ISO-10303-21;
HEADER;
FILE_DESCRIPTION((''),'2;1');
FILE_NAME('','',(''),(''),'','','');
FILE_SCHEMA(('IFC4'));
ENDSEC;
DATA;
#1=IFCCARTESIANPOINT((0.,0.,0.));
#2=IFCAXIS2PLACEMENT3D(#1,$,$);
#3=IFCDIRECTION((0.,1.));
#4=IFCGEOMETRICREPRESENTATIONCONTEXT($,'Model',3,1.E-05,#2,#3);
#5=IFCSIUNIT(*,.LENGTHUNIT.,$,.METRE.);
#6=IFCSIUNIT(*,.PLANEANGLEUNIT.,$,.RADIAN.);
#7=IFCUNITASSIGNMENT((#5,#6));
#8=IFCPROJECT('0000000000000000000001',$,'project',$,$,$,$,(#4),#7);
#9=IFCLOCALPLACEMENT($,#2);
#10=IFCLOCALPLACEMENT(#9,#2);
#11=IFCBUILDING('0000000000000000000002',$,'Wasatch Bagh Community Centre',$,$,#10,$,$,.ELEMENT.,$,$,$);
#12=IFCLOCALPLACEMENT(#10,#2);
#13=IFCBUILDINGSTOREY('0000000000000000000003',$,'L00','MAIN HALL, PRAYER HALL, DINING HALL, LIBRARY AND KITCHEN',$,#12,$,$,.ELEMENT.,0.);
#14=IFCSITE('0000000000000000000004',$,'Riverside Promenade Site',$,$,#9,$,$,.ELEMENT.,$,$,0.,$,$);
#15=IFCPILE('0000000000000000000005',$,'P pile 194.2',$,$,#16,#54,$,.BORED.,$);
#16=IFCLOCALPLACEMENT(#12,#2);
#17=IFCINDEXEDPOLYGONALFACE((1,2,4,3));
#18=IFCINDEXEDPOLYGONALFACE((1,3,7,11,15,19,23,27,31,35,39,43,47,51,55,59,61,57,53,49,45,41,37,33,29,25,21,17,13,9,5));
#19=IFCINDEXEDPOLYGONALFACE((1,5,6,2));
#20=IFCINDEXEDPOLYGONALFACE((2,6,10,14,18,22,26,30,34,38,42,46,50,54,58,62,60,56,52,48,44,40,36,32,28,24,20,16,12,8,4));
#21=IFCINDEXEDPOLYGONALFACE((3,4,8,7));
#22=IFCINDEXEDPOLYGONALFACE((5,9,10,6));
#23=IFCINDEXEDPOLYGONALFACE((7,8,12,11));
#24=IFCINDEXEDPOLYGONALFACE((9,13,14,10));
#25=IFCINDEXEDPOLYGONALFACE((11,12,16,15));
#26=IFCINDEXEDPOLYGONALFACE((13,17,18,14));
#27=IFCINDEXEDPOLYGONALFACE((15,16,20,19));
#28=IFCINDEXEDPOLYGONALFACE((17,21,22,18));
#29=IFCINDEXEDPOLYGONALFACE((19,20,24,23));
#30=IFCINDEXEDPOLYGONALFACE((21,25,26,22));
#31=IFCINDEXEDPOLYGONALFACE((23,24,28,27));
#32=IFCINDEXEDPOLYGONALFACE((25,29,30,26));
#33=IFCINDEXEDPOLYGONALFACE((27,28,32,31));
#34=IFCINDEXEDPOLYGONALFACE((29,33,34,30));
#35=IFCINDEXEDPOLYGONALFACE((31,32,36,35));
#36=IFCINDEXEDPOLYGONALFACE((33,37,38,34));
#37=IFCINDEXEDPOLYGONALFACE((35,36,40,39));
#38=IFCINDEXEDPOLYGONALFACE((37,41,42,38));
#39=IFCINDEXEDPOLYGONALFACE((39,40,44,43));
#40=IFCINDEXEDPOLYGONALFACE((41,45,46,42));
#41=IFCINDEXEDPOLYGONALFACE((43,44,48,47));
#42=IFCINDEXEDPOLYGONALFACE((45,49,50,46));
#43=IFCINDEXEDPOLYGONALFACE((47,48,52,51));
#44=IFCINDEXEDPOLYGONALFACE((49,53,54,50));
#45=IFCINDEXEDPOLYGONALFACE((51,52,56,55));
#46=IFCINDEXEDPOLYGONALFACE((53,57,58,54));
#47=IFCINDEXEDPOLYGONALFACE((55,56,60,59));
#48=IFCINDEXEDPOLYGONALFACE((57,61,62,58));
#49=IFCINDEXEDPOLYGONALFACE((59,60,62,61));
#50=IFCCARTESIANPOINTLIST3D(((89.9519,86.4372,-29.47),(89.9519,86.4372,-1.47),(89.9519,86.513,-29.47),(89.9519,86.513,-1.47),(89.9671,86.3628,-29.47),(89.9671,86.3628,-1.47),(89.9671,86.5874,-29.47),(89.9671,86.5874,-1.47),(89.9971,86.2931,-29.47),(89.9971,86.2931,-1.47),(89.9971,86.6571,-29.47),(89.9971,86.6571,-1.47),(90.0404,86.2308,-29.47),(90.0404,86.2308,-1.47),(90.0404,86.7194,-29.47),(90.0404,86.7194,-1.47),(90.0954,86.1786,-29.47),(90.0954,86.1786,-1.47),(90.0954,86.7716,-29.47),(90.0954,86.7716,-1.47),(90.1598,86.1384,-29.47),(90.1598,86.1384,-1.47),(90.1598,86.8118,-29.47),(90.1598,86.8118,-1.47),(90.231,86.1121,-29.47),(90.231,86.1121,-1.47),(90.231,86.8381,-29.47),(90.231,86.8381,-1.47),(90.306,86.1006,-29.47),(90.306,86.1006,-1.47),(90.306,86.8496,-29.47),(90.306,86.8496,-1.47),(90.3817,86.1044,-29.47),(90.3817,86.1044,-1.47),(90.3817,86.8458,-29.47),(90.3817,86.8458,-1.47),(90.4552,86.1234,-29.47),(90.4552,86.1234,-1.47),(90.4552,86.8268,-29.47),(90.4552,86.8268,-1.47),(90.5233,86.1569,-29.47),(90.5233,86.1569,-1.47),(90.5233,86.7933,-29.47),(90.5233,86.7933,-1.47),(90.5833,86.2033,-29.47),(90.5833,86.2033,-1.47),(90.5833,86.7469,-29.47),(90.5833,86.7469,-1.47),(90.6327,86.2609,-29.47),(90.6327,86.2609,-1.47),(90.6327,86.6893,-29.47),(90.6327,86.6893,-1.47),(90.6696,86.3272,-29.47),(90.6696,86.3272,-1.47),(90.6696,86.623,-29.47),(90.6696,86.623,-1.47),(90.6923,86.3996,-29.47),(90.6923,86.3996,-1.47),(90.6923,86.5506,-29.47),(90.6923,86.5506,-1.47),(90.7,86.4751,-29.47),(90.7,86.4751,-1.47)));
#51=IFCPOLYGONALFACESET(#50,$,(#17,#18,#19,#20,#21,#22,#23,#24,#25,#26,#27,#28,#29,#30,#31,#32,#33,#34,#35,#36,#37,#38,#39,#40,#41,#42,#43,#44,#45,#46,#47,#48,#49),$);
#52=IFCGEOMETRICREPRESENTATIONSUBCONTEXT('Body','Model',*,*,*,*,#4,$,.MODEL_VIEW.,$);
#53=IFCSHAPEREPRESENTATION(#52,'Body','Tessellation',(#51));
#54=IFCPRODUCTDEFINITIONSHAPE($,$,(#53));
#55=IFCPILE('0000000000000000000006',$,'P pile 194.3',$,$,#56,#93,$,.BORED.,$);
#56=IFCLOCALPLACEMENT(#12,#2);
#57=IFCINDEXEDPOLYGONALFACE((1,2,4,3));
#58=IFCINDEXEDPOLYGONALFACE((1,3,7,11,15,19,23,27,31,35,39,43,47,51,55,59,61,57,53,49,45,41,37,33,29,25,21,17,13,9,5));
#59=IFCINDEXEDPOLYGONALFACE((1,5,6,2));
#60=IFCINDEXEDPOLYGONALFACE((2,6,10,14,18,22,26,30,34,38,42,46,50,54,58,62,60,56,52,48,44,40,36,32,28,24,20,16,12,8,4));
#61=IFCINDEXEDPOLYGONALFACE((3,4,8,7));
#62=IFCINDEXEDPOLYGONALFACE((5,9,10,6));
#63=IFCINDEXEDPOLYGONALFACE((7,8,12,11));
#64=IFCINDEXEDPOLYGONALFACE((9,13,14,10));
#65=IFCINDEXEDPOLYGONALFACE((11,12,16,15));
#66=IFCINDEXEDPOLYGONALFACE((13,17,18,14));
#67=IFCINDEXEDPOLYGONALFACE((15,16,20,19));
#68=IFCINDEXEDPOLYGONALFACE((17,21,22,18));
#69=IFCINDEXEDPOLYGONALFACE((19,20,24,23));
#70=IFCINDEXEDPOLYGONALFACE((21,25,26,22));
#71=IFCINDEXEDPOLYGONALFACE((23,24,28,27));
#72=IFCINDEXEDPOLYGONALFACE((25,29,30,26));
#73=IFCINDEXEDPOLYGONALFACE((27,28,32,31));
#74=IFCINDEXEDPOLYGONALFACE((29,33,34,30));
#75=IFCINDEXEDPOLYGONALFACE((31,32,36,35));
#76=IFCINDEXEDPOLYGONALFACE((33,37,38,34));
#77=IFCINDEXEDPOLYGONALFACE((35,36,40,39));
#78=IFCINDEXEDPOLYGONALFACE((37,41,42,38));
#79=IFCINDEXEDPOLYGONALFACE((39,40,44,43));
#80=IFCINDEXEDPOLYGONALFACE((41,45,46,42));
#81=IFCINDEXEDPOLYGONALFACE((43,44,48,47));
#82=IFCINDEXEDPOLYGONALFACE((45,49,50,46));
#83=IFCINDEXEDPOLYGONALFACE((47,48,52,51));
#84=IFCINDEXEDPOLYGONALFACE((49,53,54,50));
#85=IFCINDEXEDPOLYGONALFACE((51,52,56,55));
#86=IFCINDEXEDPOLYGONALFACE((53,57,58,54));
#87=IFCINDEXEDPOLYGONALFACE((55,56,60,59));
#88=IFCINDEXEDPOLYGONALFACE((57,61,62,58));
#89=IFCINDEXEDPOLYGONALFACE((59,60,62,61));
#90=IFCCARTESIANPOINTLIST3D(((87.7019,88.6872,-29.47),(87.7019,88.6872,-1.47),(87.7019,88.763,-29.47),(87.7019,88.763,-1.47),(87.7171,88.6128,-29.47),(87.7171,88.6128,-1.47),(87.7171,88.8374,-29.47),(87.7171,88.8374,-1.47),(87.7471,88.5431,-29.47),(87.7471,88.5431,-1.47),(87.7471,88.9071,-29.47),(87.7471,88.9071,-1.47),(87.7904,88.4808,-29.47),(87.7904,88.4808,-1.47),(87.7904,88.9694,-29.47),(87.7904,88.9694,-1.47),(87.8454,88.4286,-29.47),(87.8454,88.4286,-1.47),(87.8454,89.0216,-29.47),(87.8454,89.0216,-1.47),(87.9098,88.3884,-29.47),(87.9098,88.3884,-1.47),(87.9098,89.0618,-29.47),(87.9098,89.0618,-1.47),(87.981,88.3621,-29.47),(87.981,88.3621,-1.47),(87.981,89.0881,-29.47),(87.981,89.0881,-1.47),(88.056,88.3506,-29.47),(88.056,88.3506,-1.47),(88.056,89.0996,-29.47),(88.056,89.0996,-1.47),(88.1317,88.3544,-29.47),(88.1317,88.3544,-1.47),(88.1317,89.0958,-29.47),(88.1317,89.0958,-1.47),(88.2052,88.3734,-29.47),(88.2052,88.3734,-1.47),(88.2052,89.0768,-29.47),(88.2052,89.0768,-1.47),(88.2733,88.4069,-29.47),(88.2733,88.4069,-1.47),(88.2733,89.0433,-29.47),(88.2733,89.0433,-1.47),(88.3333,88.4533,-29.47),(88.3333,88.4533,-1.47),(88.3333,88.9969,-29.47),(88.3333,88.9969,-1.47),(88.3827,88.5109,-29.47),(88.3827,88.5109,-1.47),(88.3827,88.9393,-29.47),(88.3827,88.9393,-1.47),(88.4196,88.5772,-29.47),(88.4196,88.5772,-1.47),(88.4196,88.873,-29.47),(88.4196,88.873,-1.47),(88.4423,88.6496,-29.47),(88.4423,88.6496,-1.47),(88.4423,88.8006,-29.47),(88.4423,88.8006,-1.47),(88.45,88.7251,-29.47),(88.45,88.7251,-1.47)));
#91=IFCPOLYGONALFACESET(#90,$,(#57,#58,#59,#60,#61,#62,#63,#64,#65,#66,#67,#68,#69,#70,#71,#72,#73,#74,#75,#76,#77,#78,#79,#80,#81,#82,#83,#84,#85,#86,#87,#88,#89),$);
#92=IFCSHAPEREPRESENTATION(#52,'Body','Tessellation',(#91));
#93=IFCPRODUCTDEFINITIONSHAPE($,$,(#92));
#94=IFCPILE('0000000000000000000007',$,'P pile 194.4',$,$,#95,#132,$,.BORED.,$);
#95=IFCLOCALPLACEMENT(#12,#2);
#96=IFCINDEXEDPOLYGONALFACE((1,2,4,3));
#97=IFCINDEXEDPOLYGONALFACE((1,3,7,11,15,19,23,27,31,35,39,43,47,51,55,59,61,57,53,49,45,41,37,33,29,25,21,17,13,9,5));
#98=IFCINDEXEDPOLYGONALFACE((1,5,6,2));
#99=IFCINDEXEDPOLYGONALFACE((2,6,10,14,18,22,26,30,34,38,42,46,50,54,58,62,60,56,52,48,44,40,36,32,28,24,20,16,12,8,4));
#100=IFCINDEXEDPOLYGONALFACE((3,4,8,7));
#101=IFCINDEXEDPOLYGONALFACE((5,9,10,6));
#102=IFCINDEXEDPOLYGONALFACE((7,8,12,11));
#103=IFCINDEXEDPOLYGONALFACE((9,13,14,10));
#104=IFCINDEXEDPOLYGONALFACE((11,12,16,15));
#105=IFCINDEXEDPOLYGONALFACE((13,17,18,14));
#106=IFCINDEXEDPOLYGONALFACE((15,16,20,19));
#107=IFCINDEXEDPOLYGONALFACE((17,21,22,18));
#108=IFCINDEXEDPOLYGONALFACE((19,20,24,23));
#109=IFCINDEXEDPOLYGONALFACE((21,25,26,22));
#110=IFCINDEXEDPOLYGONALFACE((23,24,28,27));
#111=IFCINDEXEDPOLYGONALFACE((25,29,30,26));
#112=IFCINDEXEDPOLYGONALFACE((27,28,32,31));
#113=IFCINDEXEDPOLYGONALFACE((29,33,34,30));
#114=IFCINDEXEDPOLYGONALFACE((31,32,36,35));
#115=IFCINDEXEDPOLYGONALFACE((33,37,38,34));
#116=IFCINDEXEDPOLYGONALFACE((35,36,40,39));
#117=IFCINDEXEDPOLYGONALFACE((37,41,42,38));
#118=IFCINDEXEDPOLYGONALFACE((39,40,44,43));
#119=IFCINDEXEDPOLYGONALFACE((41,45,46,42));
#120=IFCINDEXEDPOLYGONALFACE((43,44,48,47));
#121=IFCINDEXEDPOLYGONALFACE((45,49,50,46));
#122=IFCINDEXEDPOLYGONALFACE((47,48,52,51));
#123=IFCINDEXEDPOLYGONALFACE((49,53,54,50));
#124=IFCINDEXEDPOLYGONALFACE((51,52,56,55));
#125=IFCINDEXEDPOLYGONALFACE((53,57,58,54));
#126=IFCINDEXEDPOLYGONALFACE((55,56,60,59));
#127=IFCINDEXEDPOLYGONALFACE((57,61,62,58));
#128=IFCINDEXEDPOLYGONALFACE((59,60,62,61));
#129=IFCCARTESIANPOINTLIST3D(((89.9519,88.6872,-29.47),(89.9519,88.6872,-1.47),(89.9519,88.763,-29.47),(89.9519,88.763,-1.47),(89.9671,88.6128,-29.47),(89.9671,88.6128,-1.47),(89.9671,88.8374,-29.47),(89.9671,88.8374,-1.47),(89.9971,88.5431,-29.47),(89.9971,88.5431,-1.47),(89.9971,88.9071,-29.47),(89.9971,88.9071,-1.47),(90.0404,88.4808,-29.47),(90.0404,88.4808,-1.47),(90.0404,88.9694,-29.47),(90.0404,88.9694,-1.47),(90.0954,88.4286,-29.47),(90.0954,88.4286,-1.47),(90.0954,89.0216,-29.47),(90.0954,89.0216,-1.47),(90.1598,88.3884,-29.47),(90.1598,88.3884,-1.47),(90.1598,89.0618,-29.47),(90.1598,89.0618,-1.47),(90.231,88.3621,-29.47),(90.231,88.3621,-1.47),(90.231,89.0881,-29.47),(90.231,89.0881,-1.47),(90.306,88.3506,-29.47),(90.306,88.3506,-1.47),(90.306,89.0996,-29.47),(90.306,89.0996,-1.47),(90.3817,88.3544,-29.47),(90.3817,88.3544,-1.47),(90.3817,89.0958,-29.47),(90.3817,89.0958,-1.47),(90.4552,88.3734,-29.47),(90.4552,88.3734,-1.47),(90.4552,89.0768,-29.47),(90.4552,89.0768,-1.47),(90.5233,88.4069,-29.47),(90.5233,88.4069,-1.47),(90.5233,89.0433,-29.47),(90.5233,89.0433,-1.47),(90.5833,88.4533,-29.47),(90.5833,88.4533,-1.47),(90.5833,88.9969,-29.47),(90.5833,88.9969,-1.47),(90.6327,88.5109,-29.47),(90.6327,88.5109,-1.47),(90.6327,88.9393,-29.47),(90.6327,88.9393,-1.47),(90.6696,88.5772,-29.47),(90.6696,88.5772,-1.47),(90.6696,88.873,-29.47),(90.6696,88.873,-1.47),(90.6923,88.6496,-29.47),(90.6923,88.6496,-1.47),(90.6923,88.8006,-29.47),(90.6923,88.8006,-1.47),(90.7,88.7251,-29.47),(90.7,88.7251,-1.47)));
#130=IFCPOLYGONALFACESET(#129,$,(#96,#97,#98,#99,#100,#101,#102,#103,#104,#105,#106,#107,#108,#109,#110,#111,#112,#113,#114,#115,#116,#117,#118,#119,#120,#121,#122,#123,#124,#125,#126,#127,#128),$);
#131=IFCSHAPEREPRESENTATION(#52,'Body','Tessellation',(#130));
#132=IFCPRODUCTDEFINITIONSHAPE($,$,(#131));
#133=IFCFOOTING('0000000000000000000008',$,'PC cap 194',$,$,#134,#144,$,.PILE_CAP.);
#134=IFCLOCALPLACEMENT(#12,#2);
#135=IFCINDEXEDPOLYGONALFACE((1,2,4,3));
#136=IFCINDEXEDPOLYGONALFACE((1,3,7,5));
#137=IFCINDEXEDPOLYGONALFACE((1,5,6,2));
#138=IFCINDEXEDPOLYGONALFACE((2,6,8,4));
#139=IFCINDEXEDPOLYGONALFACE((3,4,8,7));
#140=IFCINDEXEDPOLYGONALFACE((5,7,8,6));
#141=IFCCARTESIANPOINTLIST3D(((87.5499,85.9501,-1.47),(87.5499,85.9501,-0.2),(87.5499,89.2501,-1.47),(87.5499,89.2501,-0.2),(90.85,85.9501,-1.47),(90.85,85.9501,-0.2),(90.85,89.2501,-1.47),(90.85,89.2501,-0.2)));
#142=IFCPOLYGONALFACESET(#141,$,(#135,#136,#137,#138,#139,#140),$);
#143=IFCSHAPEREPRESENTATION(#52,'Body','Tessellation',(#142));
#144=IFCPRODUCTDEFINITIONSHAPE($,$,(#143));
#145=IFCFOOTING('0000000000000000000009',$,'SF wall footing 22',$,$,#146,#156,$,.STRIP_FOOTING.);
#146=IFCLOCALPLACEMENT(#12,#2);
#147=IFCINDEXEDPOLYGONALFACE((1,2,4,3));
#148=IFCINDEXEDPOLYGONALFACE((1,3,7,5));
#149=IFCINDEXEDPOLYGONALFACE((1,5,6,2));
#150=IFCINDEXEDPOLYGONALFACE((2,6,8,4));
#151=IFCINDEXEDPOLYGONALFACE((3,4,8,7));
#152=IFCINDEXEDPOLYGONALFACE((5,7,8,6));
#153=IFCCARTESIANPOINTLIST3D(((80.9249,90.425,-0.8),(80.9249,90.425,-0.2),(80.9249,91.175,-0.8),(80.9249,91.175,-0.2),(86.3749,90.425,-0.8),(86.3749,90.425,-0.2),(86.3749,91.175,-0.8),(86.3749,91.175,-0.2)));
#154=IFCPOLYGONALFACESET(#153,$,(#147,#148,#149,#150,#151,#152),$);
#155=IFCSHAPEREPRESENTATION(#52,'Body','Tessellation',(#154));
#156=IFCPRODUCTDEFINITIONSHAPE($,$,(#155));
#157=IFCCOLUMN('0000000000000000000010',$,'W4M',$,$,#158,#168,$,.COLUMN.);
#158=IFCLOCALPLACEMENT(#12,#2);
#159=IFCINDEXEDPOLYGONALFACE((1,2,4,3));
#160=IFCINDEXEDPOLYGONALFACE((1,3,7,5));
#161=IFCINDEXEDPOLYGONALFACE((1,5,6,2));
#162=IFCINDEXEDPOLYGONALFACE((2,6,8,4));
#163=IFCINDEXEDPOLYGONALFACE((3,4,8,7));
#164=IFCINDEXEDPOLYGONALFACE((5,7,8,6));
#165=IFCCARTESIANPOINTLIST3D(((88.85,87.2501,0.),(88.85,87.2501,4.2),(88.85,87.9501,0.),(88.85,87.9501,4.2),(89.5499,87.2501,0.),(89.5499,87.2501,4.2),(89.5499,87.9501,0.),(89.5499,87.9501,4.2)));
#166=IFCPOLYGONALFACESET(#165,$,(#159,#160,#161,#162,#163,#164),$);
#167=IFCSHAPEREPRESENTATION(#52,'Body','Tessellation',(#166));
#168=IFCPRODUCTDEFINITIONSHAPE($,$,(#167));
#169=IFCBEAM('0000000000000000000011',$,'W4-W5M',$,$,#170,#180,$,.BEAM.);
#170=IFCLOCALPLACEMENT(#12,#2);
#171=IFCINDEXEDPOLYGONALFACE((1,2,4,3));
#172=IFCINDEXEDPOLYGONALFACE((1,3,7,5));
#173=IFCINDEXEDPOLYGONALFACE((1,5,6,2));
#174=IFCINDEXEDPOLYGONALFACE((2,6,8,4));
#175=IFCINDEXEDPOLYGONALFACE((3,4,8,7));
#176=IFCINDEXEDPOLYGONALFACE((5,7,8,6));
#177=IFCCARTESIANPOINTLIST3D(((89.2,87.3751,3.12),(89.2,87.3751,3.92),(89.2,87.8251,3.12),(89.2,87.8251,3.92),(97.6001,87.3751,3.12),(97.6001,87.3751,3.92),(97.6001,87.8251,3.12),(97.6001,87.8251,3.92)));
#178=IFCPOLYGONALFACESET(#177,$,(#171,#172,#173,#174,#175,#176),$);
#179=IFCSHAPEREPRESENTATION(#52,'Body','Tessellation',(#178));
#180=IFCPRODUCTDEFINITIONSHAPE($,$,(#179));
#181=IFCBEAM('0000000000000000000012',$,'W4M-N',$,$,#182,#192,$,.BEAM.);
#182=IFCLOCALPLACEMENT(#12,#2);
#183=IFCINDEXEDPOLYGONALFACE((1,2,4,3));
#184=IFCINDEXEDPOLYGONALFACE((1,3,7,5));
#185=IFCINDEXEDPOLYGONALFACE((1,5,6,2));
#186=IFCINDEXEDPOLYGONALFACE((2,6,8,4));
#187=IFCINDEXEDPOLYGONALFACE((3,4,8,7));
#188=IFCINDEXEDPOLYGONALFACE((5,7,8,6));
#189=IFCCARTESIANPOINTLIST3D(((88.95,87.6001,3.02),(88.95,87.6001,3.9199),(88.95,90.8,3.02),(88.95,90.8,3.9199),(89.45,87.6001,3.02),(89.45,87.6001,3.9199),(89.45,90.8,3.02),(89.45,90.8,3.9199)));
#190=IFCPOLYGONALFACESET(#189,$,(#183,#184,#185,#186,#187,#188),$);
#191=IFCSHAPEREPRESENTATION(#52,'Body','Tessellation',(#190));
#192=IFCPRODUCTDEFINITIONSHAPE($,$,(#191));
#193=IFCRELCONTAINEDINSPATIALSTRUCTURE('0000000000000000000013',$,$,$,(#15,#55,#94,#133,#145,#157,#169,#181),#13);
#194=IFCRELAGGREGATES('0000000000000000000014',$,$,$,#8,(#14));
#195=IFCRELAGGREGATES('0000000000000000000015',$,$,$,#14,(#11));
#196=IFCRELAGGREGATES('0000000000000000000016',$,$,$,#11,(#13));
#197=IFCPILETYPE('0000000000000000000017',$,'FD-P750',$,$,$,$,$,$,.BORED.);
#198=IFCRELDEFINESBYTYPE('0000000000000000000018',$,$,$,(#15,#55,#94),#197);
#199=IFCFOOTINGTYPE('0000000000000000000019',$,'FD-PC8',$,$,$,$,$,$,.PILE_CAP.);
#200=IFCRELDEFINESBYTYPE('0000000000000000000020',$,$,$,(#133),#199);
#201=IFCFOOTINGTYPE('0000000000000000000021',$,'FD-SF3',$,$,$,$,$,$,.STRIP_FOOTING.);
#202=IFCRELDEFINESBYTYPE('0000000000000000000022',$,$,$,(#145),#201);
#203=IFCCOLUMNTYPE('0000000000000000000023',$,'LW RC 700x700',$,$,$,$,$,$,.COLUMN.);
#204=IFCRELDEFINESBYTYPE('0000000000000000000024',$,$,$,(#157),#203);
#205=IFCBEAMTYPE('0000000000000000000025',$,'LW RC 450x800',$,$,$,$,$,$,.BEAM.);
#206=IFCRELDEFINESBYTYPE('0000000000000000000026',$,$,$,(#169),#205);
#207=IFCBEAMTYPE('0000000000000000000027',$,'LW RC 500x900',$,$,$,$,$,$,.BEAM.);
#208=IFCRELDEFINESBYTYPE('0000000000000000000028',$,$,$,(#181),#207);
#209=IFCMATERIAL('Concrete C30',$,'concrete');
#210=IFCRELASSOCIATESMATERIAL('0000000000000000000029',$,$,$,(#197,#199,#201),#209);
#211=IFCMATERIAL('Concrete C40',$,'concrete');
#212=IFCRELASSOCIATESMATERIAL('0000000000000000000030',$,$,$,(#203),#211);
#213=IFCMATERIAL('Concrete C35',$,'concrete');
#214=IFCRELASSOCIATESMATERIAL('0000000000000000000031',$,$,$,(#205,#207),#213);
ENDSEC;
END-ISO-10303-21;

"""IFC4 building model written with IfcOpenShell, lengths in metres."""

from ifc_helpers import new_model, si_unit, direction, frame, origin, origin_2d, place, context, subcontext, project, spatial, rectangle, circle, extrude, material, material_profile, profile_set, type_object, element, save


model = new_model("IFC4")

# Units and contexts
model_context = context("Model", 3, precision=1e-05, world=origin(), true_north=direction((0.0, 1.0)))
body_context = subcontext(model_context, "Body", "Model", "MODEL_VIEW")
ifc_project = project(units=[si_unit("LENGTHUNIT", "METRE"), si_unit("PLANEANGLEUNIT", "RADIAN")], contexts=[model_context])

# Site, building, storey
site_placement = place(None, origin())
site = spatial("IfcSite", under=ifc_project, at=site_placement, Name="Riverside Promenade Site", CompositionType="ELEMENT", RefElevation=0.0)
building_placement = place(site_placement, origin())
building = spatial("IfcBuilding", under=site, at=building_placement, Name="Wasatch Bagh Community Centre", CompositionType="ELEMENT")
storey_placement = place(building_placement, origin())
storey = spatial("IfcBuildingStorey", under=building, at=storey_placement, Name="L00", Description="MAIN HALL, PRAYER HALL, DINING HALL, LIBRARY AND KITCHEN", CompositionType="ELEMENT", Elevation=0.0)

# Shared definitions
ifc_material_1 = material(Name="Concrete C35", Category="concrete")

# Piles
ifc_material_2 = material(Name="Concrete C30", Category="concrete")
ifc_material_profile_1 = material_profile(ifc_material_2, circle(Radius=0.375, at=origin_2d()), Name="RC D750")
ifc_profile_set_1 = profile_set([ifc_material_profile_1], Name="Concrete C30")
pile_type_1 = type_object("IfcPileType", Name="FD-P750", PredefinedType="BORED", material=ifc_profile_set_1)
for number, where, z_axis, x_axis, name in (
    (1, (90.325, 86.4751, -1.47), (0.0, 0.0, -1.0), (1.0, 0.0, 0.0), "P pile 194.2"),
    (2, (88.075, 88.7251, -1.47), (0.0, 0.0, -1.0), (1.0, 0.0, 0.0), "P pile 194.3"),
    (3, (90.325, 88.7251, -1.47), (0.0, 0.0, -1.0), (1.0, 0.0, 0.0), "P pile 194.4"),
):
    element("IfcPile", number, at=place(storey_placement, frame(where, z_axis=z_axis, x_axis=x_axis)), inside=storey, type_object=pile_type_1, Name=name, PredefinedType="BORED", context=body_context, shape_type="SweptSolid", body=[
        extrude(circle(Radius=0.375, at=origin_2d()), origin(), (0.0, 0.0, 1.0), 28.0),
    ])

# Footings
footing_type_1 = type_object("IfcFootingType", Name="FD-PC8", PredefinedType="PILE_CAP", material=ifc_material_2)
footing_1_placement = place(storey_placement, frame((89.2, 87.6001, -1.47), z_axis=(0.0, 0.0, 1.0), x_axis=(1.0, 0.0, 0.0)))
element("IfcFooting", 4, at=footing_1_placement, inside=storey, type_object=footing_type_1, Name="PC cap 194", PredefinedType="PILE_CAP", context=body_context, shape_type="SweptSolid", body=[
    extrude(rectangle(XDim=3.3, YDim=3.3, at=origin_2d()), origin(), (0.0, 0.0, 1.0), 1.27),
])
footing_type_2 = type_object("IfcFootingType", Name="FD-SF3", PredefinedType="STRIP_FOOTING", material=ifc_material_2)
footing_2_placement = place(storey_placement, frame((83.6499, 90.8, -0.8), z_axis=(0.0, 0.0, 1.0), x_axis=(1.0, 0.0, 0.0)))
element("IfcFooting", 5, at=footing_2_placement, inside=storey, type_object=footing_type_2, Name="SF wall footing 22", PredefinedType="STRIP_FOOTING", context=body_context, shape_type="SweptSolid", body=[
    extrude(rectangle(XDim=5.45, YDim=0.75, at=origin_2d()), origin(), (0.0, 0.0, 1.0), 0.6001),
])

# Column
ifc_material_3 = material(Name="Concrete C40", Category="concrete")
ifc_material_profile_2 = material_profile(ifc_material_3, rectangle(XDim=0.7, YDim=0.7, at=origin_2d()), Name="RC 700x700")
ifc_profile_set_2 = profile_set([ifc_material_profile_2], Name="Concrete C40")
column_type = type_object("IfcColumnType", Name="LW RC 700x700", PredefinedType="COLUMN", material=ifc_profile_set_2)
column_placement = place(storey_placement, frame((89.2, 87.6001, 0.0), z_axis=(0.0, 0.0, 1.0), x_axis=(1.0, 0.0, 0.0)))
element("IfcColumn", 6, at=column_placement, inside=storey, type_object=column_type, Name="W4M", PredefinedType="COLUMN", context=body_context, shape_type="SweptSolid", body=[
    extrude(rectangle(XDim=0.7, YDim=0.7, at=origin_2d()), origin(), (0.0, 0.0, 1.0), 4.2),
])

# Beams
ifc_material_profile_3 = material_profile(ifc_material_1, rectangle(XDim=0.45, YDim=0.8, at=origin_2d()), Name="RC 450x800")
ifc_profile_set_3 = profile_set([ifc_material_profile_3], Name="Concrete C35")
beam_type_1 = type_object("IfcBeamType", Name="LW RC 450x800", PredefinedType="BEAM", material=ifc_profile_set_3)
beam_1_placement = place(storey_placement, frame((89.2, 87.6001, 3.52), z_axis=(1.0, 0.0, 0.0), x_axis=(0.0, 1.0, 0.0)))
element("IfcBeam", 7, at=beam_1_placement, inside=storey, type_object=beam_type_1, Name="W4-W5M", PredefinedType="BEAM", context=body_context, shape_type="SweptSolid", body=[
    extrude(rectangle(XDim=0.45, YDim=0.8, at=origin_2d()), origin(), (0.0, 0.0, 1.0), 8.4001),
])
ifc_material_profile_4 = material_profile(ifc_material_1, rectangle(XDim=0.5, YDim=0.8999, at=origin_2d()), Name="RC 500x900")
ifc_profile_set_4 = profile_set([ifc_material_profile_4], Name="Concrete C35")
beam_type_2 = type_object("IfcBeamType", Name="LW RC 500x900", PredefinedType="BEAM", material=ifc_profile_set_4)
beam_2_placement = place(storey_placement, frame((89.2, 87.6001, 3.47), z_axis=(0.0, 1.0, 0.0), x_axis=(-1.0, 0.0, 0.0)))
element("IfcBeam", 8, at=beam_2_placement, inside=storey, type_object=beam_type_2, Name="W4M-N", PredefinedType="BEAM", context=body_context, shape_type="SweptSolid", body=[
    extrude(rectangle(XDim=0.5, YDim=0.8999, at=origin_2d()), origin(), (0.0, 0.0, 1.0), 3.2),
])

save(model, "model.ifc")
